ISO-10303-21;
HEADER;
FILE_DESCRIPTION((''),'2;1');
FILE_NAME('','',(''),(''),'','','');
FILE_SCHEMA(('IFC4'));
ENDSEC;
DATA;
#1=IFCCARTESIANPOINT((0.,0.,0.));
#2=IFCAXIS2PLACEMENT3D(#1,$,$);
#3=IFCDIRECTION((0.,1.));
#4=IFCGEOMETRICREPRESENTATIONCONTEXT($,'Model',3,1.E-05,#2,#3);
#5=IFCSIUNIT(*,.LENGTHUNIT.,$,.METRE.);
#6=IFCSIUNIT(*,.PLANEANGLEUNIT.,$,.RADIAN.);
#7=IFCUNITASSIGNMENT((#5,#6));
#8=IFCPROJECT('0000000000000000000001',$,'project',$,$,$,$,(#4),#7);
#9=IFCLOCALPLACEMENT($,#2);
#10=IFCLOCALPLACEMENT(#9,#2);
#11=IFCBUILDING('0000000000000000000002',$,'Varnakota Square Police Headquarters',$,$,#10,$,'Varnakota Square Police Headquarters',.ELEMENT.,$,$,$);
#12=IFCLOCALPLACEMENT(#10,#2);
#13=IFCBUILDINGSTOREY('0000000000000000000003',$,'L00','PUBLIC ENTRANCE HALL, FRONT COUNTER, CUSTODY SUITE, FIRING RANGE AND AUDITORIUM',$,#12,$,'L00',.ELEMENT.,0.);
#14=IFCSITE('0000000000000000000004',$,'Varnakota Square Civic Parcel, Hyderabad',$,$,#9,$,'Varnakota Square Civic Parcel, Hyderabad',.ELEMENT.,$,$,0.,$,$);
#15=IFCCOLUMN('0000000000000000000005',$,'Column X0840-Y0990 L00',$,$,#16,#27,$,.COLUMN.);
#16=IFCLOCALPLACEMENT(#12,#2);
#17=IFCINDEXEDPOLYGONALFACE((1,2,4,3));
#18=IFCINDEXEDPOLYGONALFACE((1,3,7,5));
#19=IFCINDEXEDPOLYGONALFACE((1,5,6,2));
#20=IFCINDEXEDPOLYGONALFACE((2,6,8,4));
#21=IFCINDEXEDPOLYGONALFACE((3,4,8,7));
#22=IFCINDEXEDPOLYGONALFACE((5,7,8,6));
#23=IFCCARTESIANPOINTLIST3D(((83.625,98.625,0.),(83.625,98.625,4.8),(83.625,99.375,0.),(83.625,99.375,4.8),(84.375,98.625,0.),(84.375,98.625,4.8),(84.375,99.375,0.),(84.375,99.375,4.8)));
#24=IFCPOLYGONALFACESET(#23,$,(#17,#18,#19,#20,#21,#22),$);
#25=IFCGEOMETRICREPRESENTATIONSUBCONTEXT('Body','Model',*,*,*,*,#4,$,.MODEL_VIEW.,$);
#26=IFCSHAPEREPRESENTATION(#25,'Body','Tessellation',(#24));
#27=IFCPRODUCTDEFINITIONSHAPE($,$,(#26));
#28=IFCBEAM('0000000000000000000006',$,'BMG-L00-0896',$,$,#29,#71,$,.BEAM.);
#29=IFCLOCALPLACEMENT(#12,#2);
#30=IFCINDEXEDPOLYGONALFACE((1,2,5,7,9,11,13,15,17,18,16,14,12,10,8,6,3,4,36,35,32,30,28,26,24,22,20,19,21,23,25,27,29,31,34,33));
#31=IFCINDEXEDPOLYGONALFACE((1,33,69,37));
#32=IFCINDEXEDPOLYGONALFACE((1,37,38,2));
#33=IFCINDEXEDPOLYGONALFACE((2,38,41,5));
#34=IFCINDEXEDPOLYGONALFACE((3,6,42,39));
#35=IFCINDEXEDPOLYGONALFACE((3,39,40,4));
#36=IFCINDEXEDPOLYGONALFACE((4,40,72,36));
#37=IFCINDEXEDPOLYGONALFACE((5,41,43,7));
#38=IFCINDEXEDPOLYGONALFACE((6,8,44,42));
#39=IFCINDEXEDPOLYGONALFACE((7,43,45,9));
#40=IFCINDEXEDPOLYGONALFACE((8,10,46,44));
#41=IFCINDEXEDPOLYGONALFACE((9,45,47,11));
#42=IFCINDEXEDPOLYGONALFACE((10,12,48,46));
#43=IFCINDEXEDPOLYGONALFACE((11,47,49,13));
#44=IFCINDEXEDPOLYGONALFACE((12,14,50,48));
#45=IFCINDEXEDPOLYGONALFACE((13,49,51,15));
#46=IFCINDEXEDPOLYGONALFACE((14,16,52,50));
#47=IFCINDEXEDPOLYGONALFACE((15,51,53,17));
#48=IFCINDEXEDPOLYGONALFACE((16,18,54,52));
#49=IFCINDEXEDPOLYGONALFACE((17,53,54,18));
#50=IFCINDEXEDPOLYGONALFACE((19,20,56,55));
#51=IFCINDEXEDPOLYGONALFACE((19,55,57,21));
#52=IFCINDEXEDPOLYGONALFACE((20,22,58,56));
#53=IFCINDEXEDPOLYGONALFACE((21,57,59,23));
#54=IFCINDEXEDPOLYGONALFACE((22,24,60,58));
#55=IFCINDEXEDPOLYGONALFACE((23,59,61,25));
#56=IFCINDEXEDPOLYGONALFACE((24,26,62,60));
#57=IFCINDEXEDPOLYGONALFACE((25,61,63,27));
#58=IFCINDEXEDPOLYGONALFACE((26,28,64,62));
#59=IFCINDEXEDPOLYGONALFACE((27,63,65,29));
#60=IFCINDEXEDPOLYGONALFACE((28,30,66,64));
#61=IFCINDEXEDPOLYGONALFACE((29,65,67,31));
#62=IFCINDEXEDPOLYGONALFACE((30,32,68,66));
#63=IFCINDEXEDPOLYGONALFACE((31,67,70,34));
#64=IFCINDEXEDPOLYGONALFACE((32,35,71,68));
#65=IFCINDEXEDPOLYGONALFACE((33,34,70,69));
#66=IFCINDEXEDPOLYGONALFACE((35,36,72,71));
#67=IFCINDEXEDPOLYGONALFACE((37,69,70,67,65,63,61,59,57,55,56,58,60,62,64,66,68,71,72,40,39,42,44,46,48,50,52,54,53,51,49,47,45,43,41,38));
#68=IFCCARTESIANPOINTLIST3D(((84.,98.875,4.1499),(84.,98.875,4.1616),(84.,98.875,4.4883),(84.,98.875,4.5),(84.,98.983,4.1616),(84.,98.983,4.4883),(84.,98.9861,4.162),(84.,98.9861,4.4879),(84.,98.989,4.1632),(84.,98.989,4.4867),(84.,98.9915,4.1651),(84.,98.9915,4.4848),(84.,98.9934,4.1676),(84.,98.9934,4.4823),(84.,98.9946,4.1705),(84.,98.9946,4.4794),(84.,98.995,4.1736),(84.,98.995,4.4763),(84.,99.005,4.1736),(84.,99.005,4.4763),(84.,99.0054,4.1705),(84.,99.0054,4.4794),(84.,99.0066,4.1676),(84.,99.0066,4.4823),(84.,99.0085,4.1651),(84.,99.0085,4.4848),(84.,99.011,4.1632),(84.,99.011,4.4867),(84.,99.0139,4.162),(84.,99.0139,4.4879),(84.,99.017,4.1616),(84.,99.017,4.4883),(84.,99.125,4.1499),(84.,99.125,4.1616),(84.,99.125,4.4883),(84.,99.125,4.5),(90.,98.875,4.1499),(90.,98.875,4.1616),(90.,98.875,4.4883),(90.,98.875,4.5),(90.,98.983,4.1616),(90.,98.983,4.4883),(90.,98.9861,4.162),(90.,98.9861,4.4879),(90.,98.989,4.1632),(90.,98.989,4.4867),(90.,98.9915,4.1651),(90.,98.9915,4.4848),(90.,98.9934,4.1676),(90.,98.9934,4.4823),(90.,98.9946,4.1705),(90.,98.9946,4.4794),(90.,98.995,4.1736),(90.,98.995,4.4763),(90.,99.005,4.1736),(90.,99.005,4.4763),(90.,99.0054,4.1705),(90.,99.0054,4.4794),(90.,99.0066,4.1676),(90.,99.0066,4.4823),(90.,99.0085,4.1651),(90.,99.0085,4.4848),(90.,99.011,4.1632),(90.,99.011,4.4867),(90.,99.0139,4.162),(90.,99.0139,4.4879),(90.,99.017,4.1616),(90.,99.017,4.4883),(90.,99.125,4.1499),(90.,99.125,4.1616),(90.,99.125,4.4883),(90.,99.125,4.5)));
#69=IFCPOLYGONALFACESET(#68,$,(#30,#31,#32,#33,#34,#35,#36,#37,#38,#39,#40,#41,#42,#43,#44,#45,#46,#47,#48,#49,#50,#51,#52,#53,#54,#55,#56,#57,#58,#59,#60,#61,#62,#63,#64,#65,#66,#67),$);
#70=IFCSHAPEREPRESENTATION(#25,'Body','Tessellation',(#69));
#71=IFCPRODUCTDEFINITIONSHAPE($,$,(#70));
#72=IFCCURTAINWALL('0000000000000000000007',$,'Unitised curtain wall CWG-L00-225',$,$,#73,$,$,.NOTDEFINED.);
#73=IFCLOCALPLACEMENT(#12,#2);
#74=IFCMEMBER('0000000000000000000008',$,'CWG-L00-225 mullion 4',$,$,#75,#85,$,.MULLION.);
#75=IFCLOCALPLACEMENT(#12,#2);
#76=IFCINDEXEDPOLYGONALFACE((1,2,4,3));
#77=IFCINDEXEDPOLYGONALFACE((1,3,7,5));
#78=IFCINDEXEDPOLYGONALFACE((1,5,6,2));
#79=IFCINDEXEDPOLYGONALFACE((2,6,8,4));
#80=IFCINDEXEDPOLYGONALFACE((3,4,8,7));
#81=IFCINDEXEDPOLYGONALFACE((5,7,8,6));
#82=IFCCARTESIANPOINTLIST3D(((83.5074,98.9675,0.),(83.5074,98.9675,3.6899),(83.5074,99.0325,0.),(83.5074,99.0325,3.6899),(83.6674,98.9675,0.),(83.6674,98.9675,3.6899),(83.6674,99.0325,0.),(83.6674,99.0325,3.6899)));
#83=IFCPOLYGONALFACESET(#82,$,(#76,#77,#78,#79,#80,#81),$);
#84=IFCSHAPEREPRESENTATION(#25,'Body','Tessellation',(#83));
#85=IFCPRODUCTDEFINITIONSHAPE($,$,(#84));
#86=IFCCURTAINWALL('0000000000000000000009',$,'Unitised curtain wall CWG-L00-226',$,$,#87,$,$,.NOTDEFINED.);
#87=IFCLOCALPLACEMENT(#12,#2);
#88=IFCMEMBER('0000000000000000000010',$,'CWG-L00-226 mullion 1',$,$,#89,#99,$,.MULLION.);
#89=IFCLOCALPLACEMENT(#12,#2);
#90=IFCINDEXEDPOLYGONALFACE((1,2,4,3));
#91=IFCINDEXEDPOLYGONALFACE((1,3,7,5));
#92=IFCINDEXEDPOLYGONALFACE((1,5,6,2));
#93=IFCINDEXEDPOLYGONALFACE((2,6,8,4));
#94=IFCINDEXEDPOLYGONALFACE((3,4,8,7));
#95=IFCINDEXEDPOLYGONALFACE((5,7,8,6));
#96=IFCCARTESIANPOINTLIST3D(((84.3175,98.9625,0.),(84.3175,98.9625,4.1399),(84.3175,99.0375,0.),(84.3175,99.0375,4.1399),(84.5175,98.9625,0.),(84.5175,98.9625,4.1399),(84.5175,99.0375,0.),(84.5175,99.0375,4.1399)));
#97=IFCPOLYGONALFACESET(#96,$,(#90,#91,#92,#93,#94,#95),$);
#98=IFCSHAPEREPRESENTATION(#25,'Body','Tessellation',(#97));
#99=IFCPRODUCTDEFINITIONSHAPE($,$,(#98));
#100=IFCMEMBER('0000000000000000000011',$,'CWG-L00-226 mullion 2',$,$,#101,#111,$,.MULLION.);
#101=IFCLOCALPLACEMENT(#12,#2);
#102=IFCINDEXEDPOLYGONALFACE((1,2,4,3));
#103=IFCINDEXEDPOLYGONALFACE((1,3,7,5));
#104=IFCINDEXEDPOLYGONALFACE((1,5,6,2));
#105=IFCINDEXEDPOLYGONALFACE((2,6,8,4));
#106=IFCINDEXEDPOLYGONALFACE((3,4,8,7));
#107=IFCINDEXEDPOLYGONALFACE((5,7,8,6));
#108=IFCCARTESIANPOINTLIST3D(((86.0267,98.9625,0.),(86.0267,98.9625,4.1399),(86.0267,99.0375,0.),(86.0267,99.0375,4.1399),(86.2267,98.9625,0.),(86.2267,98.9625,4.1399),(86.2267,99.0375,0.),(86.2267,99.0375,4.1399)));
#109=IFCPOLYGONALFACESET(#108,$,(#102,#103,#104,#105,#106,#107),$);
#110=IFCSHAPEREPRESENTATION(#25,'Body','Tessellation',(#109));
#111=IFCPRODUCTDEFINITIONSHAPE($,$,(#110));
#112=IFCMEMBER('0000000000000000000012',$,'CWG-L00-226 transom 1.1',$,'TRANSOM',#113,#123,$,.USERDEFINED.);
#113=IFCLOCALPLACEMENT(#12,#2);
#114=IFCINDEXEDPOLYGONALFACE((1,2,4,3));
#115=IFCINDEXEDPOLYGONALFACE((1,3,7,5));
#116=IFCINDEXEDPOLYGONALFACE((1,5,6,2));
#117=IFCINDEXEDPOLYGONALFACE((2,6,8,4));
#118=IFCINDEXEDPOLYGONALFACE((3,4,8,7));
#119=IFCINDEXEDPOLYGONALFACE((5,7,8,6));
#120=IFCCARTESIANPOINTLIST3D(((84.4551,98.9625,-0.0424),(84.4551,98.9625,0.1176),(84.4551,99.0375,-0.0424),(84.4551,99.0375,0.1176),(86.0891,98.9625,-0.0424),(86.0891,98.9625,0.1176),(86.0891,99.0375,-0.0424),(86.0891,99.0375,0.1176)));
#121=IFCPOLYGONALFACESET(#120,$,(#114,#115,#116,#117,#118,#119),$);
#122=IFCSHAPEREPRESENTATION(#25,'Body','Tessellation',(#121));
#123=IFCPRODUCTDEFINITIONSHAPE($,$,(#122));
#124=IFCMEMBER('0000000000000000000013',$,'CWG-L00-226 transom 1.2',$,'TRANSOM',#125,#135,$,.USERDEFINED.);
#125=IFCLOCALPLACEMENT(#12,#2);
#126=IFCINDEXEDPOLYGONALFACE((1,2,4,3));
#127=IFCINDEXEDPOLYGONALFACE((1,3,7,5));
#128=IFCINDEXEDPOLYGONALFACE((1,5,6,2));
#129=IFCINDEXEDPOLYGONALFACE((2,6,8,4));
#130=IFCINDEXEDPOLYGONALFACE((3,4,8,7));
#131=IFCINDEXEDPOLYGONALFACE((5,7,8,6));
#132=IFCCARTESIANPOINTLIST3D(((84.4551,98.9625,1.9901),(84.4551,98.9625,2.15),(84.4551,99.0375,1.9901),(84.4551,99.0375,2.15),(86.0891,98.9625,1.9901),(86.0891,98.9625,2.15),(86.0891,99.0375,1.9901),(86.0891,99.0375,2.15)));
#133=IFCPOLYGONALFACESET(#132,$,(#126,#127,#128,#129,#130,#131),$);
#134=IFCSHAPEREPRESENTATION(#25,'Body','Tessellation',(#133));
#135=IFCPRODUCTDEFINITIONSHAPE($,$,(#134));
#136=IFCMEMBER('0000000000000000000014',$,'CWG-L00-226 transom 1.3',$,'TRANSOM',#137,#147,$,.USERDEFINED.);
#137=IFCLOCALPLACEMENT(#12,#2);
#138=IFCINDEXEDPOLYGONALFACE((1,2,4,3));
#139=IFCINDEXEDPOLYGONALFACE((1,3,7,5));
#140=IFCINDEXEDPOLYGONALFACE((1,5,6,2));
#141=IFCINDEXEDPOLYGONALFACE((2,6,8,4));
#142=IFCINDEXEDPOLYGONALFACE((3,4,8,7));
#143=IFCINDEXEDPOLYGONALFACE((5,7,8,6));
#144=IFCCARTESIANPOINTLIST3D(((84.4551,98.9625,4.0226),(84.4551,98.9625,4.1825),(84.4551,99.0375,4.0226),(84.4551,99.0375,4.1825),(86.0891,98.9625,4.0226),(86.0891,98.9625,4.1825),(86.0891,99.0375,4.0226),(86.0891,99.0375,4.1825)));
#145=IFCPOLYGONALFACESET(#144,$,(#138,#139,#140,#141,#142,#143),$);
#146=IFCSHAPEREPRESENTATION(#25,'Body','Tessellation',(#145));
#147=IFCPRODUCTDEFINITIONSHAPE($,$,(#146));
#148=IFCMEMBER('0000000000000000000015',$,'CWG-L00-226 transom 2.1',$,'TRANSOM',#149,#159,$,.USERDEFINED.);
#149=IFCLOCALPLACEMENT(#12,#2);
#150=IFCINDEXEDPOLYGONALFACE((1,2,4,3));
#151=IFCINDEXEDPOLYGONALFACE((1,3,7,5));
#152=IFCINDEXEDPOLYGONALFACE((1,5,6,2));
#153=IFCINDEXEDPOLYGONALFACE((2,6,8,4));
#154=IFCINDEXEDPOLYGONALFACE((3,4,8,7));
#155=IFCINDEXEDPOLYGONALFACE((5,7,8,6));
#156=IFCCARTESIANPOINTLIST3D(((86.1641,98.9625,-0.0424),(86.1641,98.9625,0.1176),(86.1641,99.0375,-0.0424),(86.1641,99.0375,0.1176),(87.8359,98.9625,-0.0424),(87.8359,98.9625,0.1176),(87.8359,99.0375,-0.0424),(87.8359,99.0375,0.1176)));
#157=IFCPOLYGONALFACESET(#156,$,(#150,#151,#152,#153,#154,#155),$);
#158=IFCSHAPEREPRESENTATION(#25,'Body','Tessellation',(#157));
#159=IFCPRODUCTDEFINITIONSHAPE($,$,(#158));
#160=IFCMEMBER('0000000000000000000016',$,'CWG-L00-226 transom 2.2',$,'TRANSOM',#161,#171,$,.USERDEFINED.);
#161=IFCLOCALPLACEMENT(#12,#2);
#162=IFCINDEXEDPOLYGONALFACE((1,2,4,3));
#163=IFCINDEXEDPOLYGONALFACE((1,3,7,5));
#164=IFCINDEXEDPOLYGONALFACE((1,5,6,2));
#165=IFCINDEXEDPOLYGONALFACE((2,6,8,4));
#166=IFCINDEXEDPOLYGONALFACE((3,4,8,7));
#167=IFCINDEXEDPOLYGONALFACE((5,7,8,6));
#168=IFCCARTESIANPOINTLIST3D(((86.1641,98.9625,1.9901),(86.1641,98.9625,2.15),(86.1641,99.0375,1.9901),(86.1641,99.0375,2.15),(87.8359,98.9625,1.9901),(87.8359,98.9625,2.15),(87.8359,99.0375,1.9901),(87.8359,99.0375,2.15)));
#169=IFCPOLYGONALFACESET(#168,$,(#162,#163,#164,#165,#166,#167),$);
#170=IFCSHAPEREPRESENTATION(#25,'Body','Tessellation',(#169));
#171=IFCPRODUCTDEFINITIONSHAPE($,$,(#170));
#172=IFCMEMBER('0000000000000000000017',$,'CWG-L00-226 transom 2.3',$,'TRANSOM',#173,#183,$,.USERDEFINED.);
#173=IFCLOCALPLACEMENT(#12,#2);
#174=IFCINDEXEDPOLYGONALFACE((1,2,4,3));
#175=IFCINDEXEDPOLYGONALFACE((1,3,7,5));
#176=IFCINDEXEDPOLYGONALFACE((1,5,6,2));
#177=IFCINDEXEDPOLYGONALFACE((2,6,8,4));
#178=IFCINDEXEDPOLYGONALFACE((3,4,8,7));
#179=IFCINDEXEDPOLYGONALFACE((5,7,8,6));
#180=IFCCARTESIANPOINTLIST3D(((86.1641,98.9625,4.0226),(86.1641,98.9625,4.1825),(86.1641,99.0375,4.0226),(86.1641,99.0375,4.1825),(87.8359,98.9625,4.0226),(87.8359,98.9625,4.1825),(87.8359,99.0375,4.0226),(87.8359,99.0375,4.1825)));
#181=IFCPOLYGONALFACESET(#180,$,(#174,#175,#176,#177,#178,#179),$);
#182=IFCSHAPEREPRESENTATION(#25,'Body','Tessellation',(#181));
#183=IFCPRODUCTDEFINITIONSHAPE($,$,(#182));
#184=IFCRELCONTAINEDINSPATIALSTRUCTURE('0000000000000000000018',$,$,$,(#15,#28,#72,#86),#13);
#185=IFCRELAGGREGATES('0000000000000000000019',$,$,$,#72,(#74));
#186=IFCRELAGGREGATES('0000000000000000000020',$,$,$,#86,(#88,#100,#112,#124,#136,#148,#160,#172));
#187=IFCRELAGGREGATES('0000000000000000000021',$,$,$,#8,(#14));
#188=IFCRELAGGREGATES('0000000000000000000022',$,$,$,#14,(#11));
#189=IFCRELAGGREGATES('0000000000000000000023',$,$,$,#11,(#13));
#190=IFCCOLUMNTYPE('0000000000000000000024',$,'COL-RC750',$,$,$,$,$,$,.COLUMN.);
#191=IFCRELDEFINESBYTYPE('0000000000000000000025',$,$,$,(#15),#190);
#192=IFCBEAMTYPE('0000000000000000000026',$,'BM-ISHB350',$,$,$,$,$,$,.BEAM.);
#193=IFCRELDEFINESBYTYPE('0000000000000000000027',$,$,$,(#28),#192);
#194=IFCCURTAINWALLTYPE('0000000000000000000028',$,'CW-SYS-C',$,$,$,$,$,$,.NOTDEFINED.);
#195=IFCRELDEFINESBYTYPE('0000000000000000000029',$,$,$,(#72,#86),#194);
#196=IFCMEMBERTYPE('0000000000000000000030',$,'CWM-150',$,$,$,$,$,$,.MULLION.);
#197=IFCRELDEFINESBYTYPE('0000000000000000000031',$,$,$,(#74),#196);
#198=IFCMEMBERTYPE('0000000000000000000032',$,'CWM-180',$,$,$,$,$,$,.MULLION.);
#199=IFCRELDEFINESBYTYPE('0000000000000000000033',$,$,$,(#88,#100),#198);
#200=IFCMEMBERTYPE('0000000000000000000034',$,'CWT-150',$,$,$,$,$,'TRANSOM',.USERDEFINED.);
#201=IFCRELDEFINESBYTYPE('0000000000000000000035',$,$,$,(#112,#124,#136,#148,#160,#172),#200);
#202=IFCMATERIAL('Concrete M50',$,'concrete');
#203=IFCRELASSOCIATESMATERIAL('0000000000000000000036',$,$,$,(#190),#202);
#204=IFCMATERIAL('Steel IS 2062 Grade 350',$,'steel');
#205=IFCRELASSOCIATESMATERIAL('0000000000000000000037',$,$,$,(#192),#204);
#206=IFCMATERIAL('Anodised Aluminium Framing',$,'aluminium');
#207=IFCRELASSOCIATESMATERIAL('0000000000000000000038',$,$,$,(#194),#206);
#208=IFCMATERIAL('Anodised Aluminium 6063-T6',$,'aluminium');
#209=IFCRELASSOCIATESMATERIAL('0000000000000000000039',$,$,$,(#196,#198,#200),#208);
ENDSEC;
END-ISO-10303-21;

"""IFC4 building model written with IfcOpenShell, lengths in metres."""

from ifc_helpers import new_model, si_unit, direction, frame, origin, origin_2d, place, context, subcontext, project, spatial, rectangle, i_section, extrude, material, material_profile, profile_set, type_object, element, aggregate, save


model = new_model("IFC4")

# Units and contexts
model_context = context("Model", 3, precision=1e-05, world=origin(), true_north=direction((0.0, 1.0)))
body_context = subcontext(model_context, "Body", "Model", "MODEL_VIEW")
ifc_project = project(units=[si_unit("LENGTHUNIT", "METRE"), si_unit("PLANEANGLEUNIT", "RADIAN")], contexts=[model_context])

# Site, building, storey
site_placement = place(None, origin())
site = spatial("IfcSite", under=ifc_project, at=site_placement, Name="Varnakota Square Civic Parcel, Hyderabad", LongName="Varnakota Square Civic Parcel, Hyderabad", CompositionType="ELEMENT", RefElevation=0.0)
building_placement = place(site_placement, origin())
building = spatial("IfcBuilding", under=site, at=building_placement, Name="Varnakota Square Police Headquarters", LongName="Varnakota Square Police Headquarters", CompositionType="ELEMENT")
storey_placement = place(building_placement, origin())
storey = spatial("IfcBuildingStorey", under=building, at=storey_placement, Name="L00", Description="PUBLIC ENTRANCE HALL, FRONT COUNTER, CUSTODY SUITE, FIRING RANGE AND AUDITORIUM", LongName="L00", CompositionType="ELEMENT", Elevation=0.0)

# Column
ifc_material_1 = material(Name="Concrete M50", Category="concrete")
ifc_material_profile_1 = material_profile(ifc_material_1, rectangle(XDim=0.75, YDim=0.75, at=origin_2d()), Name="RC 750x750")
ifc_profile_set_1 = profile_set([ifc_material_profile_1], Name="Concrete M50")
column_type = type_object("IfcColumnType", Name="COL-RC750", PredefinedType="COLUMN", material=ifc_profile_set_1)
column_placement = place(storey_placement, frame((84.0, 99.0, 0.0), z_axis=(0.0, 0.0, 1.0), x_axis=(1.0, 0.0, 0.0)))
element("IfcColumn", 1, at=column_placement, inside=storey, type_object=column_type, Name="Column X0840-Y0990 L00", PredefinedType="COLUMN", context=body_context, shape_type="SweptSolid", body=[
    extrude(rectangle(XDim=0.75, YDim=0.75, at=origin_2d()), origin(), (0.0, 0.0, 1.0), 4.8),
])

# Beam
ifc_material_2 = material(Name="Steel IS 2062 Grade 350", Category="steel")
ifc_material_profile_2 = material_profile(ifc_material_2, i_section(OverallWidth=0.25, OverallDepth=0.3501, WebThickness=0.01, FlangeThickness=0.0117, FilletRadius=0.012, at=origin_2d()), Name="ISHB 350")
ifc_profile_set_2 = profile_set([ifc_material_profile_2], Name="Steel IS 2062 Grade 350")
beam_type = type_object("IfcBeamType", Name="BM-ISHB350", PredefinedType="BEAM", material=ifc_profile_set_2)
beam_placement = place(storey_placement, frame((84.0, 99.0, 4.325), z_axis=(1.0, 0.0, 0.0), x_axis=(0.0, 1.0, 0.0)))
element("IfcBeam", 2, at=beam_placement, inside=storey, type_object=beam_type, Name="BMG-L00-0896", PredefinedType="BEAM", context=body_context, shape_type="SweptSolid", body=[
    extrude(i_section(OverallWidth=0.25, OverallDepth=0.3501, WebThickness=0.01, FlangeThickness=0.0117, FilletRadius=0.012, at=origin_2d()), origin(), (0.0, 0.0, 1.0), 6.0),
])

# Curtain wall, member
ifc_material_3 = material(Name="Anodised Aluminium Framing", Category="aluminium")
curtain_wall_type = type_object("IfcCurtainWallType", Name="CW-SYS-C", PredefinedType="NOTDEFINED", material=ifc_material_3)
curtain_wall_1_placement = place(storey_placement, origin())
curtain_wall_1 = element("IfcCurtainWall", 3, at=curtain_wall_1_placement, inside=storey, type_object=curtain_wall_type, Name="Unitised curtain wall CWG-L00-225", PredefinedType="NOTDEFINED")
ifc_material_4 = material(Name="Anodised Aluminium 6063-T6", Category="aluminium")
ifc_material_profile_3 = material_profile(ifc_material_4, rectangle(XDim=0.0649, YDim=0.1599, at=origin_2d()), Name="ALU MULLION 65x160")
ifc_profile_set_3 = profile_set([ifc_material_profile_3], Name="Anodised Aluminium 6063-T6")
member_type_1 = type_object("IfcMemberType", Name="CWM-150", PredefinedType="MULLION", material=ifc_profile_set_3)
member_1_placement = place(storey_placement, frame((83.5874, 99.0, 0.0), z_axis=(0.0, 0.0, 1.0), x_axis=(0.0, 1.0, 0.0)))
member_1 = element("IfcMember", 4, at=member_1_placement, type_object=member_type_1, Name="CWG-L00-225 mullion 4", PredefinedType="MULLION", context=body_context, shape_type="SweptSolid", body=[
    extrude(rectangle(XDim=0.0649, YDim=0.1599, at=origin_2d()), origin(), (0.0, 0.0, 1.0), 3.6899),
])

# Curtain wall, members
curtain_wall_2_placement = place(storey_placement, origin())
curtain_wall_2 = element("IfcCurtainWall", 5, at=curtain_wall_2_placement, inside=storey, type_object=curtain_wall_type, Name="Unitised curtain wall CWG-L00-226", PredefinedType="NOTDEFINED")
ifc_material_profile_4 = material_profile(ifc_material_4, rectangle(XDim=0.075, YDim=0.2, at=origin_2d()), Name="ALU MULLION 75x200")
ifc_profile_set_4 = profile_set([ifc_material_profile_4], Name="Anodised Aluminium 6063-T6")
member_type_2 = type_object("IfcMemberType", Name="CWM-180", PredefinedType="MULLION", material=ifc_profile_set_4)
member_2_placement = place(storey_placement, frame((84.4175, 99.0, 0.0), z_axis=(0.0, 0.0, 1.0), x_axis=(0.0, 1.0, 0.0)))
member_2 = element("IfcMember", 6, at=member_2_placement, type_object=member_type_2, Name="CWG-L00-226 mullion 1", PredefinedType="MULLION", context=body_context, shape_type="SweptSolid", body=[
    extrude(rectangle(XDim=0.075, YDim=0.2, at=origin_2d()), origin(), (0.0, 0.0, 1.0), 4.1399),
])
member_3_placement = place(storey_placement, frame((86.1267, 99.0, 0.0), z_axis=(0.0, 0.0, 1.0), x_axis=(0.0, 1.0, 0.0)))
member_3 = element("IfcMember", 7, at=member_3_placement, type_object=member_type_2, Name="CWG-L00-226 mullion 2", PredefinedType="MULLION", context=body_context, shape_type="SweptSolid", body=[
    extrude(rectangle(XDim=0.075, YDim=0.2, at=origin_2d()), origin(), (0.0, 0.0, 1.0), 4.1399),
])
ifc_material_profile_5 = material_profile(ifc_material_4, rectangle(XDim=0.075, YDim=0.1599, at=origin_2d()), Name="ALU TRANSOM 75x160")
ifc_profile_set_5 = profile_set([ifc_material_profile_5], Name="Anodised Aluminium 6063-T6")
member_type_3 = type_object("IfcMemberType", Name="CWT-150", ElementType="TRANSOM", PredefinedType="USERDEFINED", material=ifc_profile_set_5)
member_4_placement = place(storey_placement, frame((84.4551, 99.0, 0.0376), z_axis=(1.0, 0.0, 0.0), x_axis=(0.0, 1.0, 0.0)))
member_4 = element("IfcMember", 8, at=member_4_placement, type_object=member_type_3, Name="CWG-L00-226 transom 1.1", ObjectType="TRANSOM", PredefinedType="USERDEFINED", context=body_context, shape_type="SweptSolid", body=[
    extrude(rectangle(XDim=0.075, YDim=0.1599, at=origin_2d()), origin(), (0.0, 0.0, 1.0), 1.634),
])
member_5_placement = place(storey_placement, frame((84.4551, 99.0, 2.0701), z_axis=(1.0, 0.0, 0.0), x_axis=(0.0, 1.0, 0.0)))
member_5 = element("IfcMember", 9, at=member_5_placement, type_object=member_type_3, Name="CWG-L00-226 transom 1.2", ObjectType="TRANSOM", PredefinedType="USERDEFINED", context=body_context, shape_type="SweptSolid", body=[
    extrude(rectangle(XDim=0.075, YDim=0.1599, at=origin_2d()), origin(), (0.0, 0.0, 1.0), 1.634),
])
member_6_placement = place(storey_placement, frame((84.4551, 99.0, 4.1025), z_axis=(1.0, 0.0, 0.0), x_axis=(0.0, 1.0, 0.0)))
member_6 = element("IfcMember", 10, at=member_6_placement, type_object=member_type_3, Name="CWG-L00-226 transom 1.3", ObjectType="TRANSOM", PredefinedType="USERDEFINED", context=body_context, shape_type="SweptSolid", body=[
    extrude(rectangle(XDim=0.075, YDim=0.1599, at=origin_2d()), origin(), (0.0, 0.0, 1.0), 1.634),
])
member_7_placement = place(storey_placement, frame((86.1641, 99.0, 0.0376), z_axis=(1.0, 0.0, 0.0), x_axis=(0.0, 1.0, 0.0)))
member_7 = element("IfcMember", 11, at=member_7_placement, type_object=member_type_3, Name="CWG-L00-226 transom 2.1", ObjectType="TRANSOM", PredefinedType="USERDEFINED", context=body_context, shape_type="SweptSolid", body=[
    extrude(rectangle(XDim=0.075, YDim=0.1599, at=origin_2d()), origin(), (0.0, 0.0, 1.0), 1.6719),
])
member_8_placement = place(storey_placement, frame((86.1641, 99.0, 2.0701), z_axis=(1.0, 0.0, 0.0), x_axis=(0.0, 1.0, 0.0)))
member_8 = element("IfcMember", 12, at=member_8_placement, type_object=member_type_3, Name="CWG-L00-226 transom 2.2", ObjectType="TRANSOM", PredefinedType="USERDEFINED", context=body_context, shape_type="SweptSolid", body=[
    extrude(rectangle(XDim=0.075, YDim=0.1599, at=origin_2d()), origin(), (0.0, 0.0, 1.0), 1.6719),
])
member_9_placement = place(storey_placement, frame((86.1641, 99.0, 4.1025), z_axis=(1.0, 0.0, 0.0), x_axis=(0.0, 1.0, 0.0)))
member_9 = element("IfcMember", 13, at=member_9_placement, type_object=member_type_3, Name="CWG-L00-226 transom 2.3", ObjectType="TRANSOM", PredefinedType="USERDEFINED", context=body_context, shape_type="SweptSolid", body=[
    extrude(rectangle(XDim=0.075, YDim=0.1599, at=origin_2d()), origin(), (0.0, 0.0, 1.0), 1.6719),
])

aggregate(curtain_wall_1, [member_1])
aggregate(curtain_wall_2, [member_2, member_3, member_4, member_5, member_6, member_7, member_8, member_9])

save(model, "model.ifc")
